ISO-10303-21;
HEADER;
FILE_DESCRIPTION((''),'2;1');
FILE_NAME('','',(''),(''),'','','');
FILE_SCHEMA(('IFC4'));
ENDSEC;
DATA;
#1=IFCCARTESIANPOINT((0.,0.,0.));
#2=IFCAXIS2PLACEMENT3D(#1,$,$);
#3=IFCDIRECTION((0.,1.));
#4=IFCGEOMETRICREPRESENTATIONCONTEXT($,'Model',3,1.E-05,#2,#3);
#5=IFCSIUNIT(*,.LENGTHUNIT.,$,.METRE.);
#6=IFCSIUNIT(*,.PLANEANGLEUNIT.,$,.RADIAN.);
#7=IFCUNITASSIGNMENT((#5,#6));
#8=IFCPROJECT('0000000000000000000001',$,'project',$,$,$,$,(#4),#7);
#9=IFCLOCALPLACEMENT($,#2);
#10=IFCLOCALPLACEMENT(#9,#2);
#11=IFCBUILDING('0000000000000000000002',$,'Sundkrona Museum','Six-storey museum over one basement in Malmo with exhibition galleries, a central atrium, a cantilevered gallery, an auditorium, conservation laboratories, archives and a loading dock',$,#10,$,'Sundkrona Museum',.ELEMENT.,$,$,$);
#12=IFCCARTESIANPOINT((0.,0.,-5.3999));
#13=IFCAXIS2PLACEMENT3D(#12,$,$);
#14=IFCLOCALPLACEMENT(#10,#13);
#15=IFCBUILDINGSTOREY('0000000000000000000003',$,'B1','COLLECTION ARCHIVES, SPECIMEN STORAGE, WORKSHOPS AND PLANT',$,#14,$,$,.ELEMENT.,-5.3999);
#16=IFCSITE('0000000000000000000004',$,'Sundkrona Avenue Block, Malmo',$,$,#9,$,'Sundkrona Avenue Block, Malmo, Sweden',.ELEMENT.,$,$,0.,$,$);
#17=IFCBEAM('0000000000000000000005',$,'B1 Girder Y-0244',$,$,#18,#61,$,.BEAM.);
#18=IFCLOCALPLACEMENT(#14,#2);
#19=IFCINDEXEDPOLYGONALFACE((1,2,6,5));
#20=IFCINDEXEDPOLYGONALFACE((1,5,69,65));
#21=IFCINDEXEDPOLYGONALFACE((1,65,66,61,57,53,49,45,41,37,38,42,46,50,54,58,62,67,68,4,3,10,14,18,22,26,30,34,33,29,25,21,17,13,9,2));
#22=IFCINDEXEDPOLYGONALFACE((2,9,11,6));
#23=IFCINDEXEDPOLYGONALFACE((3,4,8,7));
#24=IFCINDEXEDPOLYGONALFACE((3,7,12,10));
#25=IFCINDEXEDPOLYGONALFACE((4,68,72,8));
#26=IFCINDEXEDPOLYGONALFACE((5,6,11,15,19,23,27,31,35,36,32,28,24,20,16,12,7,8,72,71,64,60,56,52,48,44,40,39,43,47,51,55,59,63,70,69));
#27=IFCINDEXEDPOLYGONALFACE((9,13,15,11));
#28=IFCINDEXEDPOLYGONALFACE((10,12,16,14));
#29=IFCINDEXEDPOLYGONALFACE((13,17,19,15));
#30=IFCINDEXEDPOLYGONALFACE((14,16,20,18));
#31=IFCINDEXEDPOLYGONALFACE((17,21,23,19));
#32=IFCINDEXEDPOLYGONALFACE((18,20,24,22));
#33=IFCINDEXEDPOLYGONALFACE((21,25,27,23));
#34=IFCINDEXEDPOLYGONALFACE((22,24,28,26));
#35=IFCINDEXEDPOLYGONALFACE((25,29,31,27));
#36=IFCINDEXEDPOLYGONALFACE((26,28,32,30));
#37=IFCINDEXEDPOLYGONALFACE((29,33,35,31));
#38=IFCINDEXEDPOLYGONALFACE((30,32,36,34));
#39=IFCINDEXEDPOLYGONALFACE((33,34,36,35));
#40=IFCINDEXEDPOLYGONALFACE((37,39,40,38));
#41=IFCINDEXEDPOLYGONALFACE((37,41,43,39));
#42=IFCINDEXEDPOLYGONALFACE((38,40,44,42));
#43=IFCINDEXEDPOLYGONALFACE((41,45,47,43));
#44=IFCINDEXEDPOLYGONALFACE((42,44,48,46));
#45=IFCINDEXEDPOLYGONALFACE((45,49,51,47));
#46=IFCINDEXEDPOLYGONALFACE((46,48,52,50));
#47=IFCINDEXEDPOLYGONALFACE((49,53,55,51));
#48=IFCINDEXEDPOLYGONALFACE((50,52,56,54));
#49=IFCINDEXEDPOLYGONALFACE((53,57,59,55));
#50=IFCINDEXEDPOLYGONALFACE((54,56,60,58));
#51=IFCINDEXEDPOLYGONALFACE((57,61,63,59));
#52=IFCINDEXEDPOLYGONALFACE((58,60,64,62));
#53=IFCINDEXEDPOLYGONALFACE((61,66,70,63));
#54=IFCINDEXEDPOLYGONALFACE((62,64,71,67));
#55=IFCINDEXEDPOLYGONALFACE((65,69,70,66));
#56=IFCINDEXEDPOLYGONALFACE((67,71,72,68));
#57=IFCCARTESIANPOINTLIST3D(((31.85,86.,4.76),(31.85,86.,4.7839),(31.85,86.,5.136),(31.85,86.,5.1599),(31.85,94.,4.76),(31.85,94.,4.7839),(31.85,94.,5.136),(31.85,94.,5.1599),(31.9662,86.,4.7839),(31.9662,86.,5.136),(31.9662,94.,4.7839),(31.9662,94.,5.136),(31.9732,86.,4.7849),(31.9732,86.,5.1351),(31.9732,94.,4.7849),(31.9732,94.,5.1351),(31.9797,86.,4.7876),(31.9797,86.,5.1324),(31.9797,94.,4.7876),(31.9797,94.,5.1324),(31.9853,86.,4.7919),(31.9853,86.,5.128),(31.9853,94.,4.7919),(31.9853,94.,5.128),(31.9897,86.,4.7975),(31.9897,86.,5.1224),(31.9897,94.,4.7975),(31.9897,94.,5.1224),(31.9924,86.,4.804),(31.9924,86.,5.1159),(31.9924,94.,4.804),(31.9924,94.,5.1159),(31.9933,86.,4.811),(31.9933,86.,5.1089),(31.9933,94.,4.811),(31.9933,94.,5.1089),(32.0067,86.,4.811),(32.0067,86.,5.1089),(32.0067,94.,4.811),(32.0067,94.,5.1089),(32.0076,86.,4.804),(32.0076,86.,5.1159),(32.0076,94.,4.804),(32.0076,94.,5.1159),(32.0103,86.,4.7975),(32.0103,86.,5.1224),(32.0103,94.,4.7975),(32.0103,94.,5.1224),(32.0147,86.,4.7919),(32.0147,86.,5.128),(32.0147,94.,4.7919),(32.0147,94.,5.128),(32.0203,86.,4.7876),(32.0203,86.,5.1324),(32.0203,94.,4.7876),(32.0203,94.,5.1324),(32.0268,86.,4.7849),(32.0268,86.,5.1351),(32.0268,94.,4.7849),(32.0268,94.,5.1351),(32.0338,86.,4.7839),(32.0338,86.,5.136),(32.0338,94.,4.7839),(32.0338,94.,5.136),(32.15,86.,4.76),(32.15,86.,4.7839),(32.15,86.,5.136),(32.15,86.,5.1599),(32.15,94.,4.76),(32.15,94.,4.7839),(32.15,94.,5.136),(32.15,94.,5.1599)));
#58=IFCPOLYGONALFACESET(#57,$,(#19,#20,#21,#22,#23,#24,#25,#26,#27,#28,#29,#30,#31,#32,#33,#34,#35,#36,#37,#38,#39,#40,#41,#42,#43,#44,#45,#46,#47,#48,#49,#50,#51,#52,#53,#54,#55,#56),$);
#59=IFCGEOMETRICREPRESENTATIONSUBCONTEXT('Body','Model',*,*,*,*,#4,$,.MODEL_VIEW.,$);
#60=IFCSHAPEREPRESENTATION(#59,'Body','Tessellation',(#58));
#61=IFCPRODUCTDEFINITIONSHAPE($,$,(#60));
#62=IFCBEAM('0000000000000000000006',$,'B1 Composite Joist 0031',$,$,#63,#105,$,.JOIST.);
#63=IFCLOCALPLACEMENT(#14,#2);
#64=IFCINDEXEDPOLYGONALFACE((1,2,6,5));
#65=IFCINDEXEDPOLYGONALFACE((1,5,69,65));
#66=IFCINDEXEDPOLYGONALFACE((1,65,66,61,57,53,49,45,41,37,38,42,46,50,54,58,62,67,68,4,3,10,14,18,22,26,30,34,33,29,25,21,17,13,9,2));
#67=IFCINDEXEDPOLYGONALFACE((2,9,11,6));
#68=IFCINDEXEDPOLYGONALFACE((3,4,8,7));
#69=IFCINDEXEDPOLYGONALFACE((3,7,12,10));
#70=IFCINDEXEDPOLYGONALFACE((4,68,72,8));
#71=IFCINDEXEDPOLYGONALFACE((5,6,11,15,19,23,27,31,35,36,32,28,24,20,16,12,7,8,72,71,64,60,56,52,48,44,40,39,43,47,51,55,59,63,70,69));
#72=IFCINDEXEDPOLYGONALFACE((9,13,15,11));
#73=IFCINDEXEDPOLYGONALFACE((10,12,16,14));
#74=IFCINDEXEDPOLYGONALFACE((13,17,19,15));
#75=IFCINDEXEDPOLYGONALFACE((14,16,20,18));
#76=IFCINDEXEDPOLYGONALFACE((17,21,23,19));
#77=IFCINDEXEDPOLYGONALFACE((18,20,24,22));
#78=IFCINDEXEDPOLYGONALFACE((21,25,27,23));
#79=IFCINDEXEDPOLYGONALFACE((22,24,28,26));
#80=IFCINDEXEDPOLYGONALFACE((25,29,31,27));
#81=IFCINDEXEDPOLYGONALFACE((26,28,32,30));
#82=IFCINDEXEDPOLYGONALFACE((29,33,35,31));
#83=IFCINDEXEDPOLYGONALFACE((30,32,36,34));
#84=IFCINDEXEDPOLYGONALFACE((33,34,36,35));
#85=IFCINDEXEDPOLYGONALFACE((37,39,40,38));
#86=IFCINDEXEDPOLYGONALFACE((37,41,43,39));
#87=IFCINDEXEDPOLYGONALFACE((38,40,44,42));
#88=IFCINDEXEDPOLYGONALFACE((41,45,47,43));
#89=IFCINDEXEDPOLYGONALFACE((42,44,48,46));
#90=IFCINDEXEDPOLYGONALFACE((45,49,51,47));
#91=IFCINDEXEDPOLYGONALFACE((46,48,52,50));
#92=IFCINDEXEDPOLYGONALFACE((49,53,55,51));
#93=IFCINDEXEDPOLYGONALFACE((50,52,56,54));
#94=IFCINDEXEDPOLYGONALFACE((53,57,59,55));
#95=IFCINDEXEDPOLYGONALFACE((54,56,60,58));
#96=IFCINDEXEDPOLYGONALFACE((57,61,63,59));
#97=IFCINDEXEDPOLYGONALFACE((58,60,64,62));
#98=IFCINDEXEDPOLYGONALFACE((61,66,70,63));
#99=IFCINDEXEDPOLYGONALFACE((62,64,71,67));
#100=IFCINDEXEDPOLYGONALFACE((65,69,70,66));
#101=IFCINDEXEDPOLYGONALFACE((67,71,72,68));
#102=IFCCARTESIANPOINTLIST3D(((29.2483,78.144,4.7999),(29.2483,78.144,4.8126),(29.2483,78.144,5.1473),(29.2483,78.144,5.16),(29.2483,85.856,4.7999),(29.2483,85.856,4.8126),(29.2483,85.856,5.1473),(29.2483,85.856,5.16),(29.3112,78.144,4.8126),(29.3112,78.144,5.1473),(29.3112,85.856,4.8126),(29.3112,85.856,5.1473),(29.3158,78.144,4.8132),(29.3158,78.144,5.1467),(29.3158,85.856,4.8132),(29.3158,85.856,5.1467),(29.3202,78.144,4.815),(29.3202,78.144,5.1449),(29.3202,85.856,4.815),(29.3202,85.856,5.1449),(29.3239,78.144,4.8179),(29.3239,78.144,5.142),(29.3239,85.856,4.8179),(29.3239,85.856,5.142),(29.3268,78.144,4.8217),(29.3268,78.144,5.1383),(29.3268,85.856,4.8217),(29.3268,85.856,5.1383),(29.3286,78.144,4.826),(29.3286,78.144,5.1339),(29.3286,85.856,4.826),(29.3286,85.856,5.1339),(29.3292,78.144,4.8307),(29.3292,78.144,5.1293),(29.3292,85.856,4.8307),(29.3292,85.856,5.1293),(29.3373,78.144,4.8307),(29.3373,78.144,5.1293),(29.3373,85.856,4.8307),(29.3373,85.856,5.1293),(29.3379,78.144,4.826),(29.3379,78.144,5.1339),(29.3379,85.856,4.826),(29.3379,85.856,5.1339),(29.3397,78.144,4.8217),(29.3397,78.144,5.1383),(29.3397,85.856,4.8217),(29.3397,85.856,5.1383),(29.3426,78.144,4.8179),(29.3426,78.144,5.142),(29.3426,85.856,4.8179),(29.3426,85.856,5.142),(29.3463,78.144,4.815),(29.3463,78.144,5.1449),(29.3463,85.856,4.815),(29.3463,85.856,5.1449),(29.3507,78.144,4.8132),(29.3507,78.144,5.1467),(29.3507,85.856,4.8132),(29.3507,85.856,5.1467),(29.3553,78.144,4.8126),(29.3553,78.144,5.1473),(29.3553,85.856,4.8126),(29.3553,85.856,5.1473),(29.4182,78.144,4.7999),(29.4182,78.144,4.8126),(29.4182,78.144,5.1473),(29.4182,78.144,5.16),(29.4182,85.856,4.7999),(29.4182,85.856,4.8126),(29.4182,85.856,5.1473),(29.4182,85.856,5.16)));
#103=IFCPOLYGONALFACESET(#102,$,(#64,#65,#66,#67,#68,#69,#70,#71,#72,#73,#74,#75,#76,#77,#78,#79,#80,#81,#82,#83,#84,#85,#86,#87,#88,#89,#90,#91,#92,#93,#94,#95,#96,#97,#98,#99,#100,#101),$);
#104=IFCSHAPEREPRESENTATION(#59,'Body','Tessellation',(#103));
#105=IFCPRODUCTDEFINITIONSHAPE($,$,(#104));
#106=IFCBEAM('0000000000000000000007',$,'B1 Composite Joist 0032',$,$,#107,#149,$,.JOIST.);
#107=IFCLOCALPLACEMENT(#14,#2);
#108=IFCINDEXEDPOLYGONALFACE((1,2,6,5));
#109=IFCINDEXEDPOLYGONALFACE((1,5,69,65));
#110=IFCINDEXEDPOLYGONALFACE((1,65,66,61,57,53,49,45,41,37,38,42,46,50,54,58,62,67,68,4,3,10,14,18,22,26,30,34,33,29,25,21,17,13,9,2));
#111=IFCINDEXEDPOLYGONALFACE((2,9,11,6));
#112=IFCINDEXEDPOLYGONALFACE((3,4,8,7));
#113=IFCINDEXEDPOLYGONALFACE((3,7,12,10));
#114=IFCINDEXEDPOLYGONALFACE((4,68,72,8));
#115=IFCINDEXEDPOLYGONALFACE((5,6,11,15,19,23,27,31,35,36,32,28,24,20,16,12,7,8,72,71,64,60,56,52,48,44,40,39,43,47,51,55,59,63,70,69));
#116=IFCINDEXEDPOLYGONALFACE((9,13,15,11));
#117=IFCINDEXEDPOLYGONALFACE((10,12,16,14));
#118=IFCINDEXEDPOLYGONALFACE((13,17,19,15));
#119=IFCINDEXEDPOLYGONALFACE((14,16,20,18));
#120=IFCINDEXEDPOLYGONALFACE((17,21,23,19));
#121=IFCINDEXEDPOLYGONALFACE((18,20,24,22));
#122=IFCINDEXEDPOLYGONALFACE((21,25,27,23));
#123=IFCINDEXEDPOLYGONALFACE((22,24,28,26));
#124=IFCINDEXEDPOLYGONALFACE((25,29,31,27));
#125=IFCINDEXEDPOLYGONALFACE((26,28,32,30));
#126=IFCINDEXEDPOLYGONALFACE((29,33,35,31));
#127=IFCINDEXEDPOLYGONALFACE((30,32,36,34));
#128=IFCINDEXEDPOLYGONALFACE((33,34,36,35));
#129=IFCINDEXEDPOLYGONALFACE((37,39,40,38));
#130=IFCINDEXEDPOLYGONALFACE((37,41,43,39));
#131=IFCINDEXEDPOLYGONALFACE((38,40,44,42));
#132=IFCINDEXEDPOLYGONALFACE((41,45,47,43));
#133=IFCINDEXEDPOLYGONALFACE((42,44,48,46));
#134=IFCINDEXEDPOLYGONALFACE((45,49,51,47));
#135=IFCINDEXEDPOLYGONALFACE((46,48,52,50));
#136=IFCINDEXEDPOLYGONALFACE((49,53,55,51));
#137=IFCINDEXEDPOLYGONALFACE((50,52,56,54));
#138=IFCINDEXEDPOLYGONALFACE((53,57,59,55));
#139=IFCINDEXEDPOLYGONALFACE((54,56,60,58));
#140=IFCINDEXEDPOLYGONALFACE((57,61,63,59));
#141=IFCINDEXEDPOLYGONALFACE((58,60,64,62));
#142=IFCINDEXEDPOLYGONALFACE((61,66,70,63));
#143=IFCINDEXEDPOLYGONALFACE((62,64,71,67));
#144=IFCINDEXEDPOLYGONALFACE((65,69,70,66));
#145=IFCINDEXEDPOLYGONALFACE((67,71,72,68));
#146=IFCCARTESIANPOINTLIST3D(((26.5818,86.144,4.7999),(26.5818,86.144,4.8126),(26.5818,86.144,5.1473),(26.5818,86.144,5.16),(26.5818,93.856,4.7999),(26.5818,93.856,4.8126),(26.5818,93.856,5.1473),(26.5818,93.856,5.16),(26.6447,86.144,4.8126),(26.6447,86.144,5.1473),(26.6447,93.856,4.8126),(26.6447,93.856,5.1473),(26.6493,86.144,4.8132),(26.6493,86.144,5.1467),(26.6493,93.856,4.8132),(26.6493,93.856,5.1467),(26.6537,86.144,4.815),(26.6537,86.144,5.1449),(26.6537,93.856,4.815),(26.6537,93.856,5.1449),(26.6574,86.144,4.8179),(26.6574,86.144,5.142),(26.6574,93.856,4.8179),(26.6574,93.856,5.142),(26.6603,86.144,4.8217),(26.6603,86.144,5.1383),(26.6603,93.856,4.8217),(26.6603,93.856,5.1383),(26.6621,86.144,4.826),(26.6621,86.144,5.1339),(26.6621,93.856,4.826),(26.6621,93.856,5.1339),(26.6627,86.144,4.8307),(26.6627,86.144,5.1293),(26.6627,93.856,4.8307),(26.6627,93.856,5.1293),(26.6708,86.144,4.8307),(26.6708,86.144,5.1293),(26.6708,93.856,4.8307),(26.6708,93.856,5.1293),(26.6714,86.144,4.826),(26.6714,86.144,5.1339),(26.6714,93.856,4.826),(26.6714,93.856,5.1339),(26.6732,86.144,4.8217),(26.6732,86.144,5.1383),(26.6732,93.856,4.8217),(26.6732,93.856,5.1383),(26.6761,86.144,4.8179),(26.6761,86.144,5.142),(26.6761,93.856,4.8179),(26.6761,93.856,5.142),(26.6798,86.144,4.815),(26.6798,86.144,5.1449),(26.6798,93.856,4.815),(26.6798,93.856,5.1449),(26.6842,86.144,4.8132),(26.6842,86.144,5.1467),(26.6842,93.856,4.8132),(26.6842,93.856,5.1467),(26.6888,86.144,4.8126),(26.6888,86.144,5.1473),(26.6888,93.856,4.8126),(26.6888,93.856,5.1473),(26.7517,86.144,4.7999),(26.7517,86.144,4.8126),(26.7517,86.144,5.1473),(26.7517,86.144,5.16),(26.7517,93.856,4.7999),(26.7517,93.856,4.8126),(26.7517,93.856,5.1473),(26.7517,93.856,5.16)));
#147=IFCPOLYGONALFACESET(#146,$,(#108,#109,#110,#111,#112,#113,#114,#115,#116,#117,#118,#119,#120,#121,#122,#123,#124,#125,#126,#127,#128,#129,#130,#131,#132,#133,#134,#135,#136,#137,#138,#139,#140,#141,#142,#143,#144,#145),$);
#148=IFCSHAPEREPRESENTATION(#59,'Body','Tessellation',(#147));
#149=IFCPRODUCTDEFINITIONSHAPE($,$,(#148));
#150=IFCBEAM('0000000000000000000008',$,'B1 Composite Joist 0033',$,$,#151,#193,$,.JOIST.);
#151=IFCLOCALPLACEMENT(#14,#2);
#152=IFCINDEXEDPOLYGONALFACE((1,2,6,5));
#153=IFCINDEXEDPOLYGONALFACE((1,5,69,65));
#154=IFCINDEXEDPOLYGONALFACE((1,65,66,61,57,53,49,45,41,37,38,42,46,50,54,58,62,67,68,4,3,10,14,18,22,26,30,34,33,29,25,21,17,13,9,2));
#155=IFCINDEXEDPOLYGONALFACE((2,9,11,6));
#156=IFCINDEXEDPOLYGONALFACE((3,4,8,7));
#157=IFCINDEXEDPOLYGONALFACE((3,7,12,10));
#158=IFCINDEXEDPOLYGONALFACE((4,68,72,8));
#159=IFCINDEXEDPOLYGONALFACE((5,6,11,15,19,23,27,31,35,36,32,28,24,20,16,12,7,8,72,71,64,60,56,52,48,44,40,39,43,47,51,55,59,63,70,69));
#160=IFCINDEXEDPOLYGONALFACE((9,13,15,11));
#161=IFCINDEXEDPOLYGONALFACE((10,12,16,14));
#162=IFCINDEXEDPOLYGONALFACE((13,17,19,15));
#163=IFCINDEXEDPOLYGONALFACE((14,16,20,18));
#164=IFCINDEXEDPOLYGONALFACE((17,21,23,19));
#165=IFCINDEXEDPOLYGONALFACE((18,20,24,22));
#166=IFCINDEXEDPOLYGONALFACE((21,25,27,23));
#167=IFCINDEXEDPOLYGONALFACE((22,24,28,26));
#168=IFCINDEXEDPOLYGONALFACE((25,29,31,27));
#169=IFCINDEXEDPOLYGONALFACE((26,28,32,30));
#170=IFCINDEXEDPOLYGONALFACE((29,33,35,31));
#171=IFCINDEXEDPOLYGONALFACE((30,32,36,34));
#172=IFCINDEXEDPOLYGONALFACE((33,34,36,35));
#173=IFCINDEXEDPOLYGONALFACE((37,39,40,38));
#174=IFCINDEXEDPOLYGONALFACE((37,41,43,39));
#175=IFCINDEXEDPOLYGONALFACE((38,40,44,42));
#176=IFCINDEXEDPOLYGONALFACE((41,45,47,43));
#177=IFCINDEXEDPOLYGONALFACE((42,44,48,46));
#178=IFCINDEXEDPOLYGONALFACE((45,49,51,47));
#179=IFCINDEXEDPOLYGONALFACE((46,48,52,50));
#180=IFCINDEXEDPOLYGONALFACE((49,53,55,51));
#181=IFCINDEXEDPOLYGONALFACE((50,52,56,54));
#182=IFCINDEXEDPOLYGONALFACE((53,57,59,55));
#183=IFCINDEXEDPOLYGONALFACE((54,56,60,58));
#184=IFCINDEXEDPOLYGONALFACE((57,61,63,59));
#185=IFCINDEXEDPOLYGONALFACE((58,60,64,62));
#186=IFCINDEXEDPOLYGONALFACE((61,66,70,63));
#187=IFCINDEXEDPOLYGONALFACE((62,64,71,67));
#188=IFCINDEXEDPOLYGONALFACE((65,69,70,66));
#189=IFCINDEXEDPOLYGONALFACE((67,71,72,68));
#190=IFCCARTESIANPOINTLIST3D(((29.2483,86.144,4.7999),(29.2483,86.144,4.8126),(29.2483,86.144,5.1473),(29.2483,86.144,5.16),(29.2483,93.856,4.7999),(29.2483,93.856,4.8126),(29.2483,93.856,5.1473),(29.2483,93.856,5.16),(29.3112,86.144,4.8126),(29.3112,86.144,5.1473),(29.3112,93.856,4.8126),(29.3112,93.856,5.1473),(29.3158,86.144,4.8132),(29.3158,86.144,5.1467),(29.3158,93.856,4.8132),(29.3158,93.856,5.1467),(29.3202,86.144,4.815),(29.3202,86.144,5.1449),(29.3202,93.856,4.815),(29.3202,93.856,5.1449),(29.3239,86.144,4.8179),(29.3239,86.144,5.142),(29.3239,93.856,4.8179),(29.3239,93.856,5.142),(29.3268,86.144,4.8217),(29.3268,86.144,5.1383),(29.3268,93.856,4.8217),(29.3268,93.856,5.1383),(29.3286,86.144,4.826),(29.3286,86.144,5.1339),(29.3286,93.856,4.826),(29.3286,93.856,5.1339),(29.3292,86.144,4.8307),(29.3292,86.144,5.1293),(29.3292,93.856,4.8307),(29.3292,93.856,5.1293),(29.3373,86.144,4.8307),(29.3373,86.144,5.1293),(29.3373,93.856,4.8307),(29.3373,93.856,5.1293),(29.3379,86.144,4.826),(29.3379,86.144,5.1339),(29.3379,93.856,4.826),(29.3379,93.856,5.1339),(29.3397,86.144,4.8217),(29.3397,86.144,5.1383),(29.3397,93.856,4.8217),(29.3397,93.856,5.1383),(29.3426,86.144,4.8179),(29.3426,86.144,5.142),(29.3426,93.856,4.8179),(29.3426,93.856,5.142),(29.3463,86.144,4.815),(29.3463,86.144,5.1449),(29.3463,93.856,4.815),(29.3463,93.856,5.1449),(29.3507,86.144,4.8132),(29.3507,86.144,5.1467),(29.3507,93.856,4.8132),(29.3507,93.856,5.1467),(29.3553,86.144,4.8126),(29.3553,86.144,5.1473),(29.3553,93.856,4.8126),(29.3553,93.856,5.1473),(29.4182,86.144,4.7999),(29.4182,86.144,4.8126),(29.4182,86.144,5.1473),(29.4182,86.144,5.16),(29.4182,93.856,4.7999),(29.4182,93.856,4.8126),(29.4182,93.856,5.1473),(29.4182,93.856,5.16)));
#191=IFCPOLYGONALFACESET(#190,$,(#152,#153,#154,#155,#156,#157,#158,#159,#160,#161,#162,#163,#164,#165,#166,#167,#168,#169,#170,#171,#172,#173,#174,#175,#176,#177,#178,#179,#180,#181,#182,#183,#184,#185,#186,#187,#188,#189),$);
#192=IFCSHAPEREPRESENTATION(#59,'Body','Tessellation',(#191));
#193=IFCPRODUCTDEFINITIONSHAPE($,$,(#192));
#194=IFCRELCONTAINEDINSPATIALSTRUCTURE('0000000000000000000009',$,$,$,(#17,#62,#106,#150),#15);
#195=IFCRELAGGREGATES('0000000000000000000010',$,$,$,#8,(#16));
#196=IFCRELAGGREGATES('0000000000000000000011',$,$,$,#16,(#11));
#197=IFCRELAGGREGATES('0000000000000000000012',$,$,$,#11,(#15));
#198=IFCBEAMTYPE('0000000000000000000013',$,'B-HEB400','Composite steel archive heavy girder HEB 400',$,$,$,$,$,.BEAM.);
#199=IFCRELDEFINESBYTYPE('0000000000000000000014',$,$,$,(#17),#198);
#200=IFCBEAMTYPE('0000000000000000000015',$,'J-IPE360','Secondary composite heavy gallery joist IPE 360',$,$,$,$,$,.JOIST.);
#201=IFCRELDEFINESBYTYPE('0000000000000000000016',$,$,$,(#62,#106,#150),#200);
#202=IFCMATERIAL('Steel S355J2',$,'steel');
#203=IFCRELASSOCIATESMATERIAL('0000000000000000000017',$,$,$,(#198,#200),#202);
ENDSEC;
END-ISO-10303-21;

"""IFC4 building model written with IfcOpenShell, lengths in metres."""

from ifc_helpers import new_model, si_unit, direction, frame, origin, origin_2d, place, context, subcontext, project, spatial, i_section, extrude, material, material_profile, profile_set, type_object, element, save


model = new_model("IFC4")

# Units and contexts
model_context = context("Model", 3, precision=1e-05, world=origin(), true_north=direction((0.0, 1.0)))
body_context = subcontext(model_context, "Body", "Model", "MODEL_VIEW")
ifc_project = project(units=[si_unit("LENGTHUNIT", "METRE"), si_unit("PLANEANGLEUNIT", "RADIAN")], contexts=[model_context])

# Site, building, storey
site_placement = place(None, origin())
site = spatial("IfcSite", under=ifc_project, at=site_placement, Name="Sundkrona Avenue Block, Malmo", LongName="Sundkrona Avenue Block, Malmo, Sweden", CompositionType="ELEMENT", RefElevation=0.0)
building_placement = place(site_placement, origin())
building = spatial("IfcBuilding", under=site, at=building_placement, Name="Sundkrona Museum", Description="Six-storey museum over one basement in Malmo with exhibition galleries, a central atrium, a cantilevered gallery, an auditorium, conservation laboratories, archives and a loading dock", LongName="Sundkrona Museum", CompositionType="ELEMENT")
storey_placement = place(building_placement, frame((0.0, 0.0, -5.3999)))
storey = spatial("IfcBuildingStorey", under=building, at=storey_placement, Name="B1", Description="COLLECTION ARCHIVES, SPECIMEN STORAGE, WORKSHOPS AND PLANT", CompositionType="ELEMENT", Elevation=-5.3999)

# Beams
ifc_material_1 = material(Name="Steel S355J2", Category="steel")
ifc_material_profile_1 = material_profile(ifc_material_1, i_section(OverallWidth=0.3, OverallDepth=0.3999, WebThickness=0.0134, FlangeThickness=0.0239, FilletRadius=0.0271, at=origin_2d()), Name="HEB 400")
ifc_profile_set_1 = profile_set([ifc_material_profile_1], Name="Steel S355J2")
beam_type_1 = type_object("IfcBeamType", Name="B-HEB400", Description="Composite steel archive heavy girder HEB 400", PredefinedType="BEAM", material=ifc_profile_set_1)
for number, where, z_axis, x_axis, name in (
    (1, (32.0, 86.0, 4.96), (0.0, 1.0, 0.0), (-1.0, 0.0, 0.0), "B1 Girder Y-0244"),
):
    element("IfcBeam", number, at=place(storey_placement, frame(where, z_axis=z_axis, x_axis=x_axis)), inside=storey, type_object=beam_type_1, Name=name, PredefinedType="BEAM", context=body_context, shape_type="SweptSolid", body=[
        extrude(i_section(OverallWidth=0.3, OverallDepth=0.3999, WebThickness=0.0134, FlangeThickness=0.0239, FilletRadius=0.0271, at=origin_2d()), origin(), (0.0, 0.0, 1.0), 8.0),
    ])
ifc_material_profile_2 = material_profile(ifc_material_1, i_section(OverallWidth=0.1699, OverallDepth=0.3601, WebThickness=0.0081, FlangeThickness=0.0127, FilletRadius=0.0181, at=origin_2d()), Name="IPE 360")
ifc_profile_set_2 = profile_set([ifc_material_profile_2], Name="Steel S355J2")
beam_type_2 = type_object("IfcBeamType", Name="J-IPE360", Description="Secondary composite heavy gallery joist IPE 360", PredefinedType="JOIST", material=ifc_profile_set_2)
for number, where, z_axis, x_axis, name in (
    (2, (29.3333, 78.144, 4.98), (0.0, 1.0, 0.0), (-1.0, 0.0, 0.0), "B1 Composite Joist 0031"),
    (3, (26.6667, 86.144, 4.98), (0.0, 1.0, 0.0), (-1.0, 0.0, 0.0), "B1 Composite Joist 0032"),
    (4, (29.3333, 86.144, 4.98), (0.0, 1.0, 0.0), (-1.0, 0.0, 0.0), "B1 Composite Joist 0033"),
):
    element("IfcBeam", number, at=place(storey_placement, frame(where, z_axis=z_axis, x_axis=x_axis)), inside=storey, type_object=beam_type_2, Name=name, PredefinedType="JOIST", context=body_context, shape_type="SweptSolid", body=[
        extrude(i_section(OverallWidth=0.1699, OverallDepth=0.3601, WebThickness=0.0081, FlangeThickness=0.0127, FilletRadius=0.0181, at=origin_2d()), origin(), (0.0, 0.0, 1.0), 7.7119),
    ])

save(model, "model.ifc")
